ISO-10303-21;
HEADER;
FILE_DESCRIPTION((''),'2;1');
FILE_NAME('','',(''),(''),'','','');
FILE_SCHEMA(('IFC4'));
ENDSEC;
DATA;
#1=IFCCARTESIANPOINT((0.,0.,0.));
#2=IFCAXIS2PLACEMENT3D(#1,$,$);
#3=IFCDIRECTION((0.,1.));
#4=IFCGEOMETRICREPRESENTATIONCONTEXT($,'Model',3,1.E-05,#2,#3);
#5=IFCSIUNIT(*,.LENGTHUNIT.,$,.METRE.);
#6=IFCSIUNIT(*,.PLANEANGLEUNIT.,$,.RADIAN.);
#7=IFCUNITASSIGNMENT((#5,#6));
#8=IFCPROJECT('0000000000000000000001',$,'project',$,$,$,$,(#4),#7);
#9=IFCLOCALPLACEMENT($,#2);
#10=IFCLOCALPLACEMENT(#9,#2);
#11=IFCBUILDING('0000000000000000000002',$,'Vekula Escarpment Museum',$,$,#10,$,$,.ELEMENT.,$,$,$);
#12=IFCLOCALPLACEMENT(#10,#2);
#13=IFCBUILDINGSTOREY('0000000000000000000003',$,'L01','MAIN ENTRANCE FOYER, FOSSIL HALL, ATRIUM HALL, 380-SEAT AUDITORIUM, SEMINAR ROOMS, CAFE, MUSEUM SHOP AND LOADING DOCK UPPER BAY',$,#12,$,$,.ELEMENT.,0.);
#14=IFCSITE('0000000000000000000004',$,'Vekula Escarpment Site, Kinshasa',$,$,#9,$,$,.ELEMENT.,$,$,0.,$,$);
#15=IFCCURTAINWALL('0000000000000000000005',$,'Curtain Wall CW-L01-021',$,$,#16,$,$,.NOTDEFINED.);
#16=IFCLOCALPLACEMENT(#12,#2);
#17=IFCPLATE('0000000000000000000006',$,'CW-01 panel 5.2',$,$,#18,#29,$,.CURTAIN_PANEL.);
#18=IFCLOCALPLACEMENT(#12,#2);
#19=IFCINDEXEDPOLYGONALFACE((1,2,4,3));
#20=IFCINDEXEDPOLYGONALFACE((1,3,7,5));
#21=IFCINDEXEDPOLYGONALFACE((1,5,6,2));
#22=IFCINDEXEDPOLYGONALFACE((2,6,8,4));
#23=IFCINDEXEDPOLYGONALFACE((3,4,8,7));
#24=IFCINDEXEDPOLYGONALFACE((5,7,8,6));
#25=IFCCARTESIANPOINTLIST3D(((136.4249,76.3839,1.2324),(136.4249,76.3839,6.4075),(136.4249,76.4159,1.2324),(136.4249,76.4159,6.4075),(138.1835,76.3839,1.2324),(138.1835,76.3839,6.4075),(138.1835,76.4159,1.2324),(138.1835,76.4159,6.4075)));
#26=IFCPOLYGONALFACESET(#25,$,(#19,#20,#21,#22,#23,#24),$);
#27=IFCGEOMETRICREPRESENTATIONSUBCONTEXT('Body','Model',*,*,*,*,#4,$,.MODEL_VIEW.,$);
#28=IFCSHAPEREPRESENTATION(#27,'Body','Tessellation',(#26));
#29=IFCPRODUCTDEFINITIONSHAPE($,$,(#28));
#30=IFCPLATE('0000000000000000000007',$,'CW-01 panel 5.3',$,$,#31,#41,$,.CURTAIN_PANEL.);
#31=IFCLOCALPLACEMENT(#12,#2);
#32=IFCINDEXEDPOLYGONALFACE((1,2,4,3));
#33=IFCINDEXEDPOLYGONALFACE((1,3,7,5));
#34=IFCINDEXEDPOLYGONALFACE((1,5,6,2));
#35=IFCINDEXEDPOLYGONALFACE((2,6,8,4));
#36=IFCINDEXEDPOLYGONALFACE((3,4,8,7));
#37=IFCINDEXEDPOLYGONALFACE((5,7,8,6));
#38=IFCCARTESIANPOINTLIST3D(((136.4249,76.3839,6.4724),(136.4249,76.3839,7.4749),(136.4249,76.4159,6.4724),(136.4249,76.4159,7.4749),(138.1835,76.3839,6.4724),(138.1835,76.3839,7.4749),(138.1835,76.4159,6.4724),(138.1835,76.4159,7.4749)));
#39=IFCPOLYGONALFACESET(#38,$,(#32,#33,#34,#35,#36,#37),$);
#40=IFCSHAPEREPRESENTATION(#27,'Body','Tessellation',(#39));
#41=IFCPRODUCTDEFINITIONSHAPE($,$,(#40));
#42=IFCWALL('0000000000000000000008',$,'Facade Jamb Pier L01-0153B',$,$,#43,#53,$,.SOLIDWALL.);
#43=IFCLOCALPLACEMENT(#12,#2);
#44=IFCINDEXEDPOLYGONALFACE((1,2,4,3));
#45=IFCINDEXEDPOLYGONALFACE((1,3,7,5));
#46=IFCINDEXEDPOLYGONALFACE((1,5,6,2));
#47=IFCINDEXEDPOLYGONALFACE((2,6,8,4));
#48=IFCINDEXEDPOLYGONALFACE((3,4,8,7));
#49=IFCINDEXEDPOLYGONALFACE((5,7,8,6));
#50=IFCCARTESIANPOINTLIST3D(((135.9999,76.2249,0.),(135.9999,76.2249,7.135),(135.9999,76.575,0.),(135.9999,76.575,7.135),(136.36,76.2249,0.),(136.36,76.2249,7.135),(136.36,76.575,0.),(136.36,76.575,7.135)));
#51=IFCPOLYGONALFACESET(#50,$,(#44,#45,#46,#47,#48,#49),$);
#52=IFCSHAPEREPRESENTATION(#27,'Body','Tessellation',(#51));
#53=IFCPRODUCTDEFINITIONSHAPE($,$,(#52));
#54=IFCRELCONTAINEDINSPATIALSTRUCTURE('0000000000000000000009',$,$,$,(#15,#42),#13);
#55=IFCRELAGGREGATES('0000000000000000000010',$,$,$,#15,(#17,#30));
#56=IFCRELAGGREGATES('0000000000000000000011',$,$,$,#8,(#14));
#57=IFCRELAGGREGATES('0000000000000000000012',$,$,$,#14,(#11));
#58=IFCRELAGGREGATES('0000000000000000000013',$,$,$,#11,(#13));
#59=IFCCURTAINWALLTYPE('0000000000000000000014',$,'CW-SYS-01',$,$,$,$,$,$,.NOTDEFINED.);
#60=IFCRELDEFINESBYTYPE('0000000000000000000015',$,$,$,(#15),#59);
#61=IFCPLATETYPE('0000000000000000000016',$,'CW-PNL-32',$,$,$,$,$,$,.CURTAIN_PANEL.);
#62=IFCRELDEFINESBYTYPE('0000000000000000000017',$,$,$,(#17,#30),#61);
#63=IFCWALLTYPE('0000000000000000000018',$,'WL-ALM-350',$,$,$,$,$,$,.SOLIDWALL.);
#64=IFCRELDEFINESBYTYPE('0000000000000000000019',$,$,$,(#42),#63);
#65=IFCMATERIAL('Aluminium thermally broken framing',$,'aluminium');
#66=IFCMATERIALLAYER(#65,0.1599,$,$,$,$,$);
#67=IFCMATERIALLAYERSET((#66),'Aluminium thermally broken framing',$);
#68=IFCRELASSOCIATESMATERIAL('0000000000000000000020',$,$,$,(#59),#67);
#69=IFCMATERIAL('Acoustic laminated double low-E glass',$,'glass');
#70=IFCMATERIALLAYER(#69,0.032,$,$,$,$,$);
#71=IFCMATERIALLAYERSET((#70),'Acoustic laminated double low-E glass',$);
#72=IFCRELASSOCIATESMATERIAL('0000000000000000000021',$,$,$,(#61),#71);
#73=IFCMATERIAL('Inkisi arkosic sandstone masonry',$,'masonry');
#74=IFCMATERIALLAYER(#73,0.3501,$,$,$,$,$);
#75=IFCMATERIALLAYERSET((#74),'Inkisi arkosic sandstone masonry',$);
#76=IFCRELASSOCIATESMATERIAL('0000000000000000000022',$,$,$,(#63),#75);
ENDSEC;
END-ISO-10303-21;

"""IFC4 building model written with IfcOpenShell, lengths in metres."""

from ifc_helpers import new_model, si_unit, direction, frame, frame_2d, origin, origin_2d, place, context, subcontext, project, spatial, rectangle, extrude, material, layer, layer_set, type_object, element, aggregate, save


model = new_model("IFC4")

# Units and contexts
model_context = context("Model", 3, precision=1e-05, world=origin(), true_north=direction((0.0, 1.0)))
body_context = subcontext(model_context, "Body", "Model", "MODEL_VIEW")
ifc_project = project(units=[si_unit("LENGTHUNIT", "METRE"), si_unit("PLANEANGLEUNIT", "RADIAN")], contexts=[model_context])

# Site, building, storey
site_placement = place(None, origin())
site = spatial("IfcSite", under=ifc_project, at=site_placement, Name="Vekula Escarpment Site, Kinshasa", CompositionType="ELEMENT", RefElevation=0.0)
building_placement = place(site_placement, origin())
building = spatial("IfcBuilding", under=site, at=building_placement, Name="Vekula Escarpment Museum", CompositionType="ELEMENT")
storey_placement = place(building_placement, origin())
storey = spatial("IfcBuildingStorey", under=building, at=storey_placement, Name="L01", Description="MAIN ENTRANCE FOYER, FOSSIL HALL, ATRIUM HALL, 380-SEAT AUDITORIUM, SEMINAR ROOMS, CAFE, MUSEUM SHOP AND LOADING DOCK UPPER BAY", CompositionType="ELEMENT", Elevation=0.0)

# Curtain wall, plates
ifc_material_1 = material(Name="Aluminium thermally broken framing", Category="aluminium")
ifc_layer_1 = layer(ifc_material_1, 0.1599)
ifc_layer_set_1 = layer_set([ifc_layer_1], Name="Aluminium thermally broken framing")
curtain_wall_type = type_object("IfcCurtainWallType", Name="CW-SYS-01", PredefinedType="NOTDEFINED", material=ifc_layer_set_1)
curtain_wall_placement = place(storey_placement, origin())
curtain_wall = element("IfcCurtainWall", 1, at=curtain_wall_placement, inside=storey, type_object=curtain_wall_type, Name="Curtain Wall CW-L01-021", PredefinedType="NOTDEFINED")
ifc_material_2 = material(Name="Acoustic laminated double low-E glass", Category="glass")
ifc_layer_2 = layer(ifc_material_2, 0.032)
ifc_layer_set_2 = layer_set([ifc_layer_2], Name="Acoustic laminated double low-E glass")
plate_type = type_object("IfcPlateType", Name="CW-PNL-32", PredefinedType="CURTAIN_PANEL", material=ifc_layer_set_2)
plate_1_placement = place(storey_placement, frame((137.3042, 76.3999, 1.2324), z_axis=(0.0, 0.0, 1.0), x_axis=(-1.0, 0.0, 0.0)))
plate_1 = element("IfcPlate", 2, at=plate_1_placement, type_object=plate_type, Name="CW-01 panel 5.2", PredefinedType="CURTAIN_PANEL", context=body_context, shape_type="SweptSolid", body=[
    extrude(rectangle(XDim=1.7585, YDim=0.032, at=origin_2d()), origin(), (0.0, 0.0, 1.0), 5.175),
])
plate_2_placement = place(storey_placement, frame((137.3042, 76.3999, 6.4724), z_axis=(0.0, 0.0, 1.0), x_axis=(-1.0, 0.0, 0.0)))
plate_2 = element("IfcPlate", 3, at=plate_2_placement, type_object=plate_type, Name="CW-01 panel 5.3", PredefinedType="CURTAIN_PANEL", context=body_context, shape_type="SweptSolid", body=[
    extrude(rectangle(XDim=1.7585, YDim=0.032, at=origin_2d()), origin(), (0.0, 0.0, 1.0), 1.0024),
])
aggregate(curtain_wall, [plate_1, plate_2])

# Wall
ifc_material_3 = material(Name="Inkisi arkosic sandstone masonry", Category="masonry")
ifc_layer_3 = layer(ifc_material_3, 0.3501)
ifc_layer_set_3 = layer_set([ifc_layer_3], Name="Inkisi arkosic sandstone masonry")
wall_type = type_object("IfcWallType", Name="WL-ALM-350", PredefinedType="SOLIDWALL", material=ifc_layer_set_3)
wall_placement = place(storey_placement, frame((136.3601, 76.3999, 0.0), z_axis=(0.0, 0.0, 1.0), x_axis=(-1.0, 0.0, 0.0)))
element("IfcWall", 4, at=wall_placement, inside=storey, type_object=wall_type, Name="Facade Jamb Pier L01-0153B", PredefinedType="SOLIDWALL", context=body_context, shape_type="SweptSolid", body=[
    extrude(rectangle(XDim=0.3601, YDim=0.3501, at=frame_2d((0.1802, 0.0))), origin(), (0.0, 0.0, 1.0), 7.135),
])

save(model, "model.ifc")
